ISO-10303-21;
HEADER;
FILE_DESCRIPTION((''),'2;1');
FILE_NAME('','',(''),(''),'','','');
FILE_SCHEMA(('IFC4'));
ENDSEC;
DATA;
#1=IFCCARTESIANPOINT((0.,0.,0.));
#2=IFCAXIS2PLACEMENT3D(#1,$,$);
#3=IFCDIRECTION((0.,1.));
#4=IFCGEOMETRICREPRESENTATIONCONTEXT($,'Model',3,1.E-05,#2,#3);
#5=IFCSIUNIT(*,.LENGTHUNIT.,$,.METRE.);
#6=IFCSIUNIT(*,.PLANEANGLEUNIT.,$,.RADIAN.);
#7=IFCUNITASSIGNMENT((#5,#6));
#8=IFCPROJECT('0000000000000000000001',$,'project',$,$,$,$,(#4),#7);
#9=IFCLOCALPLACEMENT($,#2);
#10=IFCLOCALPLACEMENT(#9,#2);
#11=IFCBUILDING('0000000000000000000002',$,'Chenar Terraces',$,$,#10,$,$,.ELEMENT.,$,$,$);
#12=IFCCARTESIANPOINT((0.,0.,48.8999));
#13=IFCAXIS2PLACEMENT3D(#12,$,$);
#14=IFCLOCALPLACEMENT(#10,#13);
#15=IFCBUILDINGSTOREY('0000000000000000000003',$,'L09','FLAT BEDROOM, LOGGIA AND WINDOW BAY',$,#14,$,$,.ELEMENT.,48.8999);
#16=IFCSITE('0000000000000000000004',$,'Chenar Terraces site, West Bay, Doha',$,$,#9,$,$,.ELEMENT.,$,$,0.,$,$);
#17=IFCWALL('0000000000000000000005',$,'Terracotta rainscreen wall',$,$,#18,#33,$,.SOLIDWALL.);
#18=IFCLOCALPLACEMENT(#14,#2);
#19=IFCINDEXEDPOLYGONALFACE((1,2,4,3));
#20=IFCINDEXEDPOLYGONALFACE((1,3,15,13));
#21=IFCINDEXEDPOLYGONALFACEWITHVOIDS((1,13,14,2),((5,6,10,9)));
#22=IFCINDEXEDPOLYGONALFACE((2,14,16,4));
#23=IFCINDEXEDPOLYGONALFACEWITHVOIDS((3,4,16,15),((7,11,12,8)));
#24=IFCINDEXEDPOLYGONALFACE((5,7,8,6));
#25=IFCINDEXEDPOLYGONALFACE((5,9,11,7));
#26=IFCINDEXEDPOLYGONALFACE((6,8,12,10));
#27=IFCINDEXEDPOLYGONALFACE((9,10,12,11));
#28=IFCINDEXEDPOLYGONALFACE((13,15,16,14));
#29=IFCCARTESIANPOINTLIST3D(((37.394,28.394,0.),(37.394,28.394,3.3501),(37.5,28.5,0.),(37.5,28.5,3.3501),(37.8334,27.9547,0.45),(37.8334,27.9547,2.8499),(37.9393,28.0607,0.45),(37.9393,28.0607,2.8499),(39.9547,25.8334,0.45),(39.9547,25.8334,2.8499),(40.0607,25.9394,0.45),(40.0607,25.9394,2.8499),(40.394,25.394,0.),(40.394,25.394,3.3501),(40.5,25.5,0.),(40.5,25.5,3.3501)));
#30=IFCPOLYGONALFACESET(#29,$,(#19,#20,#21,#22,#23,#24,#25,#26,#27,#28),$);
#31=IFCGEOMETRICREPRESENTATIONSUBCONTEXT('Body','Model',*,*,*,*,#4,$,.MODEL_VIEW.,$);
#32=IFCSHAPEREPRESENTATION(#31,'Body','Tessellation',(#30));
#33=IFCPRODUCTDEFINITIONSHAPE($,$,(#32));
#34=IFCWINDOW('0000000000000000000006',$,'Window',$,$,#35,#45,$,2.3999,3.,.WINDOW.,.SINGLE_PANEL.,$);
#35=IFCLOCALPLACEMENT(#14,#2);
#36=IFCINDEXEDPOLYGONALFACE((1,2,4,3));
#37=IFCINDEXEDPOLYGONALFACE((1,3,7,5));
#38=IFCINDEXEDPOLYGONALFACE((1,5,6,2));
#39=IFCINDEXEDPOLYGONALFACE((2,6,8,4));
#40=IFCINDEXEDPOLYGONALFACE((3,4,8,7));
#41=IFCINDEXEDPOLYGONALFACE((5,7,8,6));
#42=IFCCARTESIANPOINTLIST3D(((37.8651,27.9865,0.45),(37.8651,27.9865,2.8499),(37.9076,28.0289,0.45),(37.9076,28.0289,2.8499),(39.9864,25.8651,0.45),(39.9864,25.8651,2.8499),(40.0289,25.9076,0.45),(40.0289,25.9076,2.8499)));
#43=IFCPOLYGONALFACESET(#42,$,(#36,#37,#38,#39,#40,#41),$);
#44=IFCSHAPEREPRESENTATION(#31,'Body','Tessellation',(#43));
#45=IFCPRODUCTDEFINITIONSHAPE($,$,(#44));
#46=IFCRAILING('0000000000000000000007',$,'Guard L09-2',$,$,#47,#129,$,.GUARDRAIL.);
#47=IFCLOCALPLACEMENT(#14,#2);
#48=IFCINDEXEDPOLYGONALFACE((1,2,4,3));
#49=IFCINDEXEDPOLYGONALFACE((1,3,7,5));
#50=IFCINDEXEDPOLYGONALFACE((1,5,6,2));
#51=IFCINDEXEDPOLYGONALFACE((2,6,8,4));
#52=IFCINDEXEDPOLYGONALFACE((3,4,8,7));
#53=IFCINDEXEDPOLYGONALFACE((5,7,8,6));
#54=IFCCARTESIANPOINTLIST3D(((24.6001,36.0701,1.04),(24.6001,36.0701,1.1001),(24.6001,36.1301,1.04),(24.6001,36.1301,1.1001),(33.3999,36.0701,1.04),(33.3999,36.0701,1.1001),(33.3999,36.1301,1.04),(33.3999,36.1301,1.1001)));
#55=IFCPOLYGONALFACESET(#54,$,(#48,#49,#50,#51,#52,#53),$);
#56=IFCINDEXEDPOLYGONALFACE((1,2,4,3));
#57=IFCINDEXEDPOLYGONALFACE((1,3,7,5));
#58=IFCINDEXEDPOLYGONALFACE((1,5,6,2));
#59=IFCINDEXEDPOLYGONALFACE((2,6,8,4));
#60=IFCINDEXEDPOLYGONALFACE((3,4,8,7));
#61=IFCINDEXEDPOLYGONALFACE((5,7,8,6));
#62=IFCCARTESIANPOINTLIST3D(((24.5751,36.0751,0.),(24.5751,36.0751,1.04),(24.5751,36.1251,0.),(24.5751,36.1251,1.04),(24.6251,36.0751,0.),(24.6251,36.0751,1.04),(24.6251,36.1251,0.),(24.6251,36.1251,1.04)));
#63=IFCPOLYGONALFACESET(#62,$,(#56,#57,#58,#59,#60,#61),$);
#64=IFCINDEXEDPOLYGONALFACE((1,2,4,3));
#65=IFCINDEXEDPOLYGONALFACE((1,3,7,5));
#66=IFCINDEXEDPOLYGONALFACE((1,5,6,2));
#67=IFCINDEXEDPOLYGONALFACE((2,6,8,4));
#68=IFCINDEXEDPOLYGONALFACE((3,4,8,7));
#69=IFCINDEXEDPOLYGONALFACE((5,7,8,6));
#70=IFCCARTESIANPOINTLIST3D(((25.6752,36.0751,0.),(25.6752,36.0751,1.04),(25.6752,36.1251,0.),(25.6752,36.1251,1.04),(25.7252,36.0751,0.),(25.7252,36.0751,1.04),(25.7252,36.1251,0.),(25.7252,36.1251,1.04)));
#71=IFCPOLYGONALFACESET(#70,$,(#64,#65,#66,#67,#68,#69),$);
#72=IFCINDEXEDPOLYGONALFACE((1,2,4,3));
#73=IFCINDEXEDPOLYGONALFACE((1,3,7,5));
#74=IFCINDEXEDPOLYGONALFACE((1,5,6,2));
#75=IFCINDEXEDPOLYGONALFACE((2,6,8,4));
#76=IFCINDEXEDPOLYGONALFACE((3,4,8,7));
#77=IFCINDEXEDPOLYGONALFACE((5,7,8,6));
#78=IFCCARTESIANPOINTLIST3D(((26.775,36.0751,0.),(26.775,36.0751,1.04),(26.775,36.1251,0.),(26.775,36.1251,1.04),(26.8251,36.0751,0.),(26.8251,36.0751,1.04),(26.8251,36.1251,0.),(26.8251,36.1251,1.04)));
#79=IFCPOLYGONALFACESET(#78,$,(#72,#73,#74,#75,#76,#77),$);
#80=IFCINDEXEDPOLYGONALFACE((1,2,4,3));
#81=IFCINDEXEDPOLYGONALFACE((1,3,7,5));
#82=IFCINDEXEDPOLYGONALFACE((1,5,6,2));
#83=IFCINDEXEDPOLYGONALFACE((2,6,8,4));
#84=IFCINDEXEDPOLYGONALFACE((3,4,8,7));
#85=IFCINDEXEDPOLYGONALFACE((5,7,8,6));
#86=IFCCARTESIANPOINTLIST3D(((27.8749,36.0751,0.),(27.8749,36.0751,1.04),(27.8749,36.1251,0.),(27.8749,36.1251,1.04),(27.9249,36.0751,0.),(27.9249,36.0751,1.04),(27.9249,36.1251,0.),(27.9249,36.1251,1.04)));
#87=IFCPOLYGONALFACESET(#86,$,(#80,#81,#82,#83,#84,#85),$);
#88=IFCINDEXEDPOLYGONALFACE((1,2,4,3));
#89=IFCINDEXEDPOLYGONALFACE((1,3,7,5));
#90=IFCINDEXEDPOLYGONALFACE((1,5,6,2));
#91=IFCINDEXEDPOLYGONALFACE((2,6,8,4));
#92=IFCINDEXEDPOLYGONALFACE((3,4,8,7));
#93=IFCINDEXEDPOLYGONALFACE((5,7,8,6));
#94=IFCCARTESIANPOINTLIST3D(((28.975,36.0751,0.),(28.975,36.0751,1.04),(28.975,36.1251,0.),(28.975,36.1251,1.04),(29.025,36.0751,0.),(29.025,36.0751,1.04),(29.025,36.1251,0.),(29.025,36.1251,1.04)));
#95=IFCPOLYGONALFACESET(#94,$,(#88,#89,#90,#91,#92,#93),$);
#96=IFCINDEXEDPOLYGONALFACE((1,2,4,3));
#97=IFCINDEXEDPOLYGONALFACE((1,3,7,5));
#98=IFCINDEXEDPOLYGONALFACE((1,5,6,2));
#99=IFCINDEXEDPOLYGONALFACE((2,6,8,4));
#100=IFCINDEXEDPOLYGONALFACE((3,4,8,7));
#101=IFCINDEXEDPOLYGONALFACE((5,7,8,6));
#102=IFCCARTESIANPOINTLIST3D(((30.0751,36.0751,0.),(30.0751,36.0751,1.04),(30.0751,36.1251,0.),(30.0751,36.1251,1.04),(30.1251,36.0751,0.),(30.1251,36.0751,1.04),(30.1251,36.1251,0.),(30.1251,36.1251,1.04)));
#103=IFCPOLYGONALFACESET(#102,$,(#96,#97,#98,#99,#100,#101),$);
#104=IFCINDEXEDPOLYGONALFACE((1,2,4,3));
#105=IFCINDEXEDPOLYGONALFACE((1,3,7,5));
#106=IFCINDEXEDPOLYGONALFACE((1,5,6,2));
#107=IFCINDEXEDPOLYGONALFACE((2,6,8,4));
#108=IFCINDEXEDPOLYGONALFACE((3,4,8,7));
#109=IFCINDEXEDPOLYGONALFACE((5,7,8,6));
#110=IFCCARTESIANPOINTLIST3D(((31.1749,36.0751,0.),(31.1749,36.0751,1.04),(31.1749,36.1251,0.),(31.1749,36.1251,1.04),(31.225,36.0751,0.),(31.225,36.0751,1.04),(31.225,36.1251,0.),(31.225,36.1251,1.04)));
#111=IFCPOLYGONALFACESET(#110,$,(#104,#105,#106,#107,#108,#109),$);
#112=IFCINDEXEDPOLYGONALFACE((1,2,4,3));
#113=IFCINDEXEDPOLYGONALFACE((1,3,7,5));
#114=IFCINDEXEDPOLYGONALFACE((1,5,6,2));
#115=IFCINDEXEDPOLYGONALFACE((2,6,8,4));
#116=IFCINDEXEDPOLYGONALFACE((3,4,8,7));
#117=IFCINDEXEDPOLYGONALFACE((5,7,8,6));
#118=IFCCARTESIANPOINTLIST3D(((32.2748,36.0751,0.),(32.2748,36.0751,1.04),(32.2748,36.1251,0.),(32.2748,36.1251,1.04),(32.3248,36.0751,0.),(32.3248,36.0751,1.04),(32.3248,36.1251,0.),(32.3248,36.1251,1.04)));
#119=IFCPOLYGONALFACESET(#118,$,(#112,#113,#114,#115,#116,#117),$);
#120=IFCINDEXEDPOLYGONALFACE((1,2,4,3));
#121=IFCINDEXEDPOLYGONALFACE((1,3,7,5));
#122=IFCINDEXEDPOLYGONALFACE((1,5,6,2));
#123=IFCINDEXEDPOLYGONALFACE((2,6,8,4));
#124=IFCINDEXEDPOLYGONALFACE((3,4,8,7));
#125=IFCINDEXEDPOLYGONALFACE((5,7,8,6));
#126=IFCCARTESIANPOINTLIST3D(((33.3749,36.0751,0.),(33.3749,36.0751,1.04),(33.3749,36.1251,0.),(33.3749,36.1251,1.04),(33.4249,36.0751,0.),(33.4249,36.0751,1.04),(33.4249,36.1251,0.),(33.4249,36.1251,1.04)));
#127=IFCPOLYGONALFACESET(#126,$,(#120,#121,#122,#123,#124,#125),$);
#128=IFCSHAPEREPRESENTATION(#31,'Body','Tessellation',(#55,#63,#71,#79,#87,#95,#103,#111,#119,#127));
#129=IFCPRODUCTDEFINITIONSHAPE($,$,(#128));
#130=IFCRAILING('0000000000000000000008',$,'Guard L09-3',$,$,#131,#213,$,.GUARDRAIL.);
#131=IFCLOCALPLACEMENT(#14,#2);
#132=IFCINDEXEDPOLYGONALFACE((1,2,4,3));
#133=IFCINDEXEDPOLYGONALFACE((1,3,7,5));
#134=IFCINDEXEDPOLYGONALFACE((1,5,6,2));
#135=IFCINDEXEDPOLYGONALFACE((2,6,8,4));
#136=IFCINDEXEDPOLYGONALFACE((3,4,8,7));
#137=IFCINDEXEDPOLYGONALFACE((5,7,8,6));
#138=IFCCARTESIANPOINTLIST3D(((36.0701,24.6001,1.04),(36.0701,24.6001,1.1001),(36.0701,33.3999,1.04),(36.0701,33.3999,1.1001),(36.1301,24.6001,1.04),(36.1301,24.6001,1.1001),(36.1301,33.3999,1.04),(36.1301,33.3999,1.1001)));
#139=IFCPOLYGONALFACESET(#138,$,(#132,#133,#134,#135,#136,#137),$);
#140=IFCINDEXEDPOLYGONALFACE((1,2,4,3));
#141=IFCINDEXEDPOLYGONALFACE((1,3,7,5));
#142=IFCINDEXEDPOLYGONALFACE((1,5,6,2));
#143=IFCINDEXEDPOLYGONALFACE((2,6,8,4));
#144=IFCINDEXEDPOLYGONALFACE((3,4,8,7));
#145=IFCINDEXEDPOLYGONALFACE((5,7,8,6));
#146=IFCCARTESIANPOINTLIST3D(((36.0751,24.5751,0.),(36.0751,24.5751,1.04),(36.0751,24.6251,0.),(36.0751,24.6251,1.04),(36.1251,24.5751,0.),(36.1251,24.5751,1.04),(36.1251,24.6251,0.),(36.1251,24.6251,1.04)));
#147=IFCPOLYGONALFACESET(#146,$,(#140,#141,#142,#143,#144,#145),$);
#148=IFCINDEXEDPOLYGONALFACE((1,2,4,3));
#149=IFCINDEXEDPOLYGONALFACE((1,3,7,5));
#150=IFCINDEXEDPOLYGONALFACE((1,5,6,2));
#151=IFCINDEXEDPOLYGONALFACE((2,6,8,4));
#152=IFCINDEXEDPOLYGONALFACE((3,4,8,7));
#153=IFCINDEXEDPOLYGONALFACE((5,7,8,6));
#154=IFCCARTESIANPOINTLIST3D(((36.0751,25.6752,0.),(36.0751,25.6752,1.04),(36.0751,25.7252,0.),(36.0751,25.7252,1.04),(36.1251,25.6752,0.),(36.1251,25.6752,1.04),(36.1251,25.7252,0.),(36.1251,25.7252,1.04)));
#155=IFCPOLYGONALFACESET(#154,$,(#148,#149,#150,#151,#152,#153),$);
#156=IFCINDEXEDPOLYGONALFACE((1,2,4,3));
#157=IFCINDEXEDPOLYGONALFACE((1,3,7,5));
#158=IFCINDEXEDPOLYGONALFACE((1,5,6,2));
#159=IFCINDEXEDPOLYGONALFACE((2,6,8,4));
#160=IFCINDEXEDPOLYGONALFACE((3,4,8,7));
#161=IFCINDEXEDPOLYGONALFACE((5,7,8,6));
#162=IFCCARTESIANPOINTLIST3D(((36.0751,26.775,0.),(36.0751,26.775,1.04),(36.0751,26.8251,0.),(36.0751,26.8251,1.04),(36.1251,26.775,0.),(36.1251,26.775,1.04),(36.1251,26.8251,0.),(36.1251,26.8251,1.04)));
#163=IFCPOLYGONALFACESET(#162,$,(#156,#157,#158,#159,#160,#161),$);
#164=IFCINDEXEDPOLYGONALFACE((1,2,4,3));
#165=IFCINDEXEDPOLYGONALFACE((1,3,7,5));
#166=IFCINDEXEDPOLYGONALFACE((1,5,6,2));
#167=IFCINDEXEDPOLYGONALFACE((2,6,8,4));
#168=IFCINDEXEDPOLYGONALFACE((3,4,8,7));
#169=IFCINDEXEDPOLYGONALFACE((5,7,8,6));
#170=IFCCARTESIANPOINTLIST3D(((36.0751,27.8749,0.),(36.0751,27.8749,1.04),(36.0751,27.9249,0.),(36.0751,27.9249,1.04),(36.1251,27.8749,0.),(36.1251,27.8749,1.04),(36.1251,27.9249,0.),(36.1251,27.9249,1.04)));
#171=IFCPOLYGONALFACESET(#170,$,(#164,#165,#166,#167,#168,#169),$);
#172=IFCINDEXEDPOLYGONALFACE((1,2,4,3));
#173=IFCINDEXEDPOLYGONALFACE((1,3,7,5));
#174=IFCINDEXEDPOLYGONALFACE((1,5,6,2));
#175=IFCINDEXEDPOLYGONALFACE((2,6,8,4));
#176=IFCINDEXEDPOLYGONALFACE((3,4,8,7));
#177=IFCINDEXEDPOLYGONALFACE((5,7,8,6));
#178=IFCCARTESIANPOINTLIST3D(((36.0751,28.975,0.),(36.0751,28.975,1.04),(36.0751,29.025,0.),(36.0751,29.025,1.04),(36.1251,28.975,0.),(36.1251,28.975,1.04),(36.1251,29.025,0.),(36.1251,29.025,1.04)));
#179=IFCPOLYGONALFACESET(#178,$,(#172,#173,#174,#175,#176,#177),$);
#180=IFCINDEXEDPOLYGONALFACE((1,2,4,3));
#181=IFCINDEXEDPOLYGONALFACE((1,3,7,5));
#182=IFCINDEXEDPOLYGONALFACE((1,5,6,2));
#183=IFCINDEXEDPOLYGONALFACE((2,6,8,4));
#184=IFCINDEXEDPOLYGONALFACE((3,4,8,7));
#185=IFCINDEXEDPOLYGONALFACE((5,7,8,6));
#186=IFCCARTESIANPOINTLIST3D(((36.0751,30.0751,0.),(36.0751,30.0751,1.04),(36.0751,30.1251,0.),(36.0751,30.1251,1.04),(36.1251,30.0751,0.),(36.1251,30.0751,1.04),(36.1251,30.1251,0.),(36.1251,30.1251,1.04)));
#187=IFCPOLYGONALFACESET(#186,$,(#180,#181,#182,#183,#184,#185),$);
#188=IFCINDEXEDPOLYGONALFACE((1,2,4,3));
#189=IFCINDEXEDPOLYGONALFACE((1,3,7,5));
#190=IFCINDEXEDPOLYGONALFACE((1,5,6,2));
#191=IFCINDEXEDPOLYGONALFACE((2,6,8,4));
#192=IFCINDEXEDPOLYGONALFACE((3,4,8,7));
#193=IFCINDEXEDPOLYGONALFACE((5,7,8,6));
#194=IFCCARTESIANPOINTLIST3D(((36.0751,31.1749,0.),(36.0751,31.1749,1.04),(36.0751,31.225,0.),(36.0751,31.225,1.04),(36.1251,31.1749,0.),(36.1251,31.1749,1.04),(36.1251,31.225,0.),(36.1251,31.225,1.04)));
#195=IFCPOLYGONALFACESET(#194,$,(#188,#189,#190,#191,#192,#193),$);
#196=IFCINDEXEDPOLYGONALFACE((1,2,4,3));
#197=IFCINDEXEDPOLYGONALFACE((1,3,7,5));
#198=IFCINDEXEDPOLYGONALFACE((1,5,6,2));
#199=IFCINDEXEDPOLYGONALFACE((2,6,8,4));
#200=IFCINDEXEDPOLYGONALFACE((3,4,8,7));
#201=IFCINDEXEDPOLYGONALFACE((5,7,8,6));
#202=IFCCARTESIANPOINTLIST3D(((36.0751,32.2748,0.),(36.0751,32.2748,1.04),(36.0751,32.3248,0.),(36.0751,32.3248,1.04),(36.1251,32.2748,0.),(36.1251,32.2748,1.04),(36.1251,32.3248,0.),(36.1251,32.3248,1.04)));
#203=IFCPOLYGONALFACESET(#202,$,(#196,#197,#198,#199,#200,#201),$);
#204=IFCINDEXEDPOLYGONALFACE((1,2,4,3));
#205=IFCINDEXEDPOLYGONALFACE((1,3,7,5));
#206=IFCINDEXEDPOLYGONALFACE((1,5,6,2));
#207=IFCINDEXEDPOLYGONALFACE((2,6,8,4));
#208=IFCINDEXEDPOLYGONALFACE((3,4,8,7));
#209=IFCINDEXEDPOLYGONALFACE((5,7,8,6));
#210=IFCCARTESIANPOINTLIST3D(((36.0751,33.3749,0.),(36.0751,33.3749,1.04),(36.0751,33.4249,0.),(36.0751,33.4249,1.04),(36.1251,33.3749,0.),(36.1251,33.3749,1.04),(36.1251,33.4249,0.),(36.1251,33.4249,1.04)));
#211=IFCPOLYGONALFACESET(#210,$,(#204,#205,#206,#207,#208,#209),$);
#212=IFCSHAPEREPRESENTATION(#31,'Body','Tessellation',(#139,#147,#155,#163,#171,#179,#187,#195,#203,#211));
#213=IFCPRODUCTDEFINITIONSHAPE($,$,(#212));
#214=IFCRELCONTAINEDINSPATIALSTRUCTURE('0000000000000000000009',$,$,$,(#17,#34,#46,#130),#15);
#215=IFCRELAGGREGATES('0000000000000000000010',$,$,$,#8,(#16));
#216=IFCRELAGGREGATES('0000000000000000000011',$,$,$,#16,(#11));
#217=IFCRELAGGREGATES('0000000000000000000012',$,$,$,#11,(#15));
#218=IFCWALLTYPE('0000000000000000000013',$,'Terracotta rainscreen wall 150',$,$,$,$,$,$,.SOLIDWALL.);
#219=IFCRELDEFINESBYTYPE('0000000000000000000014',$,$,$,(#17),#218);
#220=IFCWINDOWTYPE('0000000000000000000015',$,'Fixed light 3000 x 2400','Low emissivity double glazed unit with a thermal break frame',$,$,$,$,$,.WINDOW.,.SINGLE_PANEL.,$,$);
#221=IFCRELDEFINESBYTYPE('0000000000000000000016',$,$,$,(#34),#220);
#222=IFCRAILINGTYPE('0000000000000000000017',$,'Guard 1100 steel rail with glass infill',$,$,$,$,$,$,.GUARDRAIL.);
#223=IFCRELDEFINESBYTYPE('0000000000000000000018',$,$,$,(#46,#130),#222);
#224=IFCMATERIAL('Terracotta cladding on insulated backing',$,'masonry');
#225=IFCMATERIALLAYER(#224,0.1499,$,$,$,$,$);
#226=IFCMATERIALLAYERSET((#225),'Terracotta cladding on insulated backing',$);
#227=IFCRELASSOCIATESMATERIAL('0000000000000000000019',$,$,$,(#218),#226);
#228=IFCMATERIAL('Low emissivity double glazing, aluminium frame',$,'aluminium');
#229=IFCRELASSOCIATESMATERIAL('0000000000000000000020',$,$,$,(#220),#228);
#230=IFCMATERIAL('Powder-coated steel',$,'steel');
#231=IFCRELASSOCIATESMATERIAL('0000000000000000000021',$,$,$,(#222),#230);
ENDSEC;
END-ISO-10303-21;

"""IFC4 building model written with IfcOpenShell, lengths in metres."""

from ifc_helpers import new_model, si_unit, direction, frame, frame_2d, origin, origin_2d, place, context, subcontext, project, spatial, rectangle, extrude, material, layer, layer_set, type_object, element, fill, save


model = new_model("IFC4")

# Units and contexts
model_context = context("Model", 3, precision=1e-05, world=origin(), true_north=direction((0.0, 1.0)))
body_context = subcontext(model_context, "Body", "Model", "MODEL_VIEW")
ifc_project = project(units=[si_unit("LENGTHUNIT", "METRE"), si_unit("PLANEANGLEUNIT", "RADIAN")], contexts=[model_context])

# Site, building, storey
site_placement = place(None, origin())
site = spatial("IfcSite", under=ifc_project, at=site_placement, Name="Chenar Terraces site, West Bay, Doha", CompositionType="ELEMENT", RefElevation=0.0)
building_placement = place(site_placement, origin())
building = spatial("IfcBuilding", under=site, at=building_placement, Name="Chenar Terraces", CompositionType="ELEMENT")
storey_placement = place(building_placement, frame((0.0, 0.0, 48.8999)))
storey = spatial("IfcBuildingStorey", under=building, at=storey_placement, Name="L09", Description="FLAT BEDROOM, LOGGIA AND WINDOW BAY", CompositionType="ELEMENT", Elevation=48.8999)

# Wall, opening, window
ifc_material_1 = material(Name="Terracotta cladding on insulated backing", Category="masonry")
ifc_layer_1 = layer(ifc_material_1, 0.1499)
ifc_layer_set_1 = layer_set([ifc_layer_1], Name="Terracotta cladding on insulated backing")
wall_type_1 = type_object("IfcWallType", Name="Terracotta rainscreen wall 150", PredefinedType="SOLIDWALL", material=ifc_layer_set_1)
wall_1_placement = place(storey_placement, frame((40.447, 25.447, 0.0), z_axis=(0.0, 0.0, 1.0), x_axis=(-0.707107, 0.707107, 0.0)))
wall_1 = element("IfcWall", 1, at=wall_1_placement, inside=storey, type_object=wall_type_1, Name="Terracotta rainscreen wall", PredefinedType="SOLIDWALL", context=body_context, shape_type="SweptSolid", body=[
    extrude(rectangle(XDim=4.2427, YDim=0.1499, at=frame_2d((2.1213, 0.0))), origin(), (0.0, 0.0, 1.0), 3.3501),
])
opening_placement = place(wall_1_placement, frame((0.6213, 0.0, 0.45)))
opening = element("IfcOpeningElement", 2, at=opening_placement, cuts=wall_1, PredefinedType="OPENING", context=body_context, shape_type="SweptSolid", body=[
    extrude(rectangle(XDim=3.0, YDim=2.3999, at=frame_2d((1.5, 1.2))), frame((0.0, 0.085, 0.0), z_axis=(0.0, -1.0, 0.0), x_axis=(1.0, 0.0, 0.0)), (0.0, 0.0, 1.0), 0.1699),
])
ifc_material_2 = material(Name="Low emissivity double glazing, aluminium frame", Category="aluminium")
window_type = type_object("IfcWindowType", Name="Fixed light 3000 x 2400", Description="Low emissivity double glazed unit with a thermal break frame", PartitioningType="SINGLE_PANEL", PredefinedType="WINDOW", material=ifc_material_2)
window_placement = place(opening_placement, origin())
window = element("IfcWindow", 3, at=window_placement, inside=storey, type_object=window_type, Name="Window", OverallHeight=2.3999, OverallWidth=3.0, PartitioningType="SINGLE_PANEL", PredefinedType="WINDOW", context=body_context, shape_type="SweptSolid", body=[
    extrude(rectangle(XDim=3.0, YDim=2.3999, at=frame_2d((1.5, 1.2))), frame((0.0, 0.03, 0.0), z_axis=(0.0, -1.0, 0.0), x_axis=(1.0, 0.0, 0.0)), (0.0, 0.0, 1.0), 0.0601),
])
fill(opening, window)

# Railings
ifc_material_3 = material(Name="Powder-coated steel", Category="steel")
railing_type = type_object("IfcRailingType", Name="Guard 1100 steel rail with glass infill", PredefinedType="GUARDRAIL", material=ifc_material_3)
railing_1_placement = place(storey_placement, frame((24.6001, 36.1001, 0.0)))
element("IfcRailing", 4, at=railing_1_placement, inside=storey, type_object=railing_type, Name="Guard L09-2", PredefinedType="GUARDRAIL", context=body_context, shape_type="SweptSolid", body=[
    extrude(rectangle(XDim=0.0601, YDim=0.0601, at=origin_2d()), frame((0.0, 0.0, 1.0701), z_axis=(1.0, 0.0, 0.0), x_axis=(0.0, 1.0, 0.0)), (0.0, 0.0, 1.0), 8.7998),
    extrude(rectangle(XDim=0.05, YDim=0.05, at=origin_2d()), origin(), (0.0, 0.0, 1.0), 1.04),
    extrude(rectangle(XDim=0.05, YDim=0.05, at=origin_2d()), frame((1.1001, 0.0, 0.0)), (0.0, 0.0, 1.0), 1.04),
    extrude(rectangle(XDim=0.05, YDim=0.05, at=origin_2d()), frame((2.2, 0.0, 0.0)), (0.0, 0.0, 1.0), 1.04),
    extrude(rectangle(XDim=0.05, YDim=0.05, at=origin_2d()), frame((3.2998, 0.0, 0.0)), (0.0, 0.0, 1.0), 1.04),
    extrude(rectangle(XDim=0.05, YDim=0.05, at=origin_2d()), frame((4.3999, 0.0, 0.0)), (0.0, 0.0, 1.0), 1.04),
    extrude(rectangle(XDim=0.05, YDim=0.05, at=origin_2d()), frame((5.5, 0.0, 0.0)), (0.0, 0.0, 1.0), 1.04),
    extrude(rectangle(XDim=0.05, YDim=0.05, at=origin_2d()), frame((6.5999, 0.0, 0.0)), (0.0, 0.0, 1.0), 1.04),
    extrude(rectangle(XDim=0.05, YDim=0.05, at=origin_2d()), frame((7.6997, 0.0, 0.0)), (0.0, 0.0, 1.0), 1.04),
    extrude(rectangle(XDim=0.05, YDim=0.05, at=origin_2d()), frame((8.7998, 0.0, 0.0)), (0.0, 0.0, 1.0), 1.04),
])
railing_2_placement = place(storey_placement, frame((36.1001, 24.6001, 0.0)))
element("IfcRailing", 5, at=railing_2_placement, inside=storey, type_object=railing_type, Name="Guard L09-3", PredefinedType="GUARDRAIL", context=body_context, shape_type="SweptSolid", body=[
    extrude(rectangle(XDim=0.0601, YDim=0.0601, at=origin_2d()), frame((0.0, 0.0, 1.0701), z_axis=(0.0, 1.0, 0.0), x_axis=(-1.0, 0.0, 0.0)), (0.0, 0.0, 1.0), 8.7998),
    extrude(rectangle(XDim=0.05, YDim=0.05, at=origin_2d()), origin(), (0.0, 0.0, 1.0), 1.04),
    extrude(rectangle(XDim=0.05, YDim=0.05, at=origin_2d()), frame((0.0, 1.1001, 0.0)), (0.0, 0.0, 1.0), 1.04),
    extrude(rectangle(XDim=0.05, YDim=0.05, at=origin_2d()), frame((0.0, 2.2, 0.0)), (0.0, 0.0, 1.0), 1.04),
    extrude(rectangle(XDim=0.05, YDim=0.05, at=origin_2d()), frame((0.0, 3.2998, 0.0)), (0.0, 0.0, 1.0), 1.04),
    extrude(rectangle(XDim=0.05, YDim=0.05, at=origin_2d()), frame((0.0, 4.3999, 0.0)), (0.0, 0.0, 1.0), 1.04),
    extrude(rectangle(XDim=0.05, YDim=0.05, at=origin_2d()), frame((0.0, 5.5, 0.0)), (0.0, 0.0, 1.0), 1.04),
    extrude(rectangle(XDim=0.05, YDim=0.05, at=origin_2d()), frame((0.0, 6.5999, 0.0)), (0.0, 0.0, 1.0), 1.04),
    extrude(rectangle(XDim=0.05, YDim=0.05, at=origin_2d()), frame((0.0, 7.6997, 0.0)), (0.0, 0.0, 1.0), 1.04),
    extrude(rectangle(XDim=0.05, YDim=0.05, at=origin_2d()), frame((0.0, 8.7998, 0.0)), (0.0, 0.0, 1.0), 1.04),
])

save(model, "model.ifc")
